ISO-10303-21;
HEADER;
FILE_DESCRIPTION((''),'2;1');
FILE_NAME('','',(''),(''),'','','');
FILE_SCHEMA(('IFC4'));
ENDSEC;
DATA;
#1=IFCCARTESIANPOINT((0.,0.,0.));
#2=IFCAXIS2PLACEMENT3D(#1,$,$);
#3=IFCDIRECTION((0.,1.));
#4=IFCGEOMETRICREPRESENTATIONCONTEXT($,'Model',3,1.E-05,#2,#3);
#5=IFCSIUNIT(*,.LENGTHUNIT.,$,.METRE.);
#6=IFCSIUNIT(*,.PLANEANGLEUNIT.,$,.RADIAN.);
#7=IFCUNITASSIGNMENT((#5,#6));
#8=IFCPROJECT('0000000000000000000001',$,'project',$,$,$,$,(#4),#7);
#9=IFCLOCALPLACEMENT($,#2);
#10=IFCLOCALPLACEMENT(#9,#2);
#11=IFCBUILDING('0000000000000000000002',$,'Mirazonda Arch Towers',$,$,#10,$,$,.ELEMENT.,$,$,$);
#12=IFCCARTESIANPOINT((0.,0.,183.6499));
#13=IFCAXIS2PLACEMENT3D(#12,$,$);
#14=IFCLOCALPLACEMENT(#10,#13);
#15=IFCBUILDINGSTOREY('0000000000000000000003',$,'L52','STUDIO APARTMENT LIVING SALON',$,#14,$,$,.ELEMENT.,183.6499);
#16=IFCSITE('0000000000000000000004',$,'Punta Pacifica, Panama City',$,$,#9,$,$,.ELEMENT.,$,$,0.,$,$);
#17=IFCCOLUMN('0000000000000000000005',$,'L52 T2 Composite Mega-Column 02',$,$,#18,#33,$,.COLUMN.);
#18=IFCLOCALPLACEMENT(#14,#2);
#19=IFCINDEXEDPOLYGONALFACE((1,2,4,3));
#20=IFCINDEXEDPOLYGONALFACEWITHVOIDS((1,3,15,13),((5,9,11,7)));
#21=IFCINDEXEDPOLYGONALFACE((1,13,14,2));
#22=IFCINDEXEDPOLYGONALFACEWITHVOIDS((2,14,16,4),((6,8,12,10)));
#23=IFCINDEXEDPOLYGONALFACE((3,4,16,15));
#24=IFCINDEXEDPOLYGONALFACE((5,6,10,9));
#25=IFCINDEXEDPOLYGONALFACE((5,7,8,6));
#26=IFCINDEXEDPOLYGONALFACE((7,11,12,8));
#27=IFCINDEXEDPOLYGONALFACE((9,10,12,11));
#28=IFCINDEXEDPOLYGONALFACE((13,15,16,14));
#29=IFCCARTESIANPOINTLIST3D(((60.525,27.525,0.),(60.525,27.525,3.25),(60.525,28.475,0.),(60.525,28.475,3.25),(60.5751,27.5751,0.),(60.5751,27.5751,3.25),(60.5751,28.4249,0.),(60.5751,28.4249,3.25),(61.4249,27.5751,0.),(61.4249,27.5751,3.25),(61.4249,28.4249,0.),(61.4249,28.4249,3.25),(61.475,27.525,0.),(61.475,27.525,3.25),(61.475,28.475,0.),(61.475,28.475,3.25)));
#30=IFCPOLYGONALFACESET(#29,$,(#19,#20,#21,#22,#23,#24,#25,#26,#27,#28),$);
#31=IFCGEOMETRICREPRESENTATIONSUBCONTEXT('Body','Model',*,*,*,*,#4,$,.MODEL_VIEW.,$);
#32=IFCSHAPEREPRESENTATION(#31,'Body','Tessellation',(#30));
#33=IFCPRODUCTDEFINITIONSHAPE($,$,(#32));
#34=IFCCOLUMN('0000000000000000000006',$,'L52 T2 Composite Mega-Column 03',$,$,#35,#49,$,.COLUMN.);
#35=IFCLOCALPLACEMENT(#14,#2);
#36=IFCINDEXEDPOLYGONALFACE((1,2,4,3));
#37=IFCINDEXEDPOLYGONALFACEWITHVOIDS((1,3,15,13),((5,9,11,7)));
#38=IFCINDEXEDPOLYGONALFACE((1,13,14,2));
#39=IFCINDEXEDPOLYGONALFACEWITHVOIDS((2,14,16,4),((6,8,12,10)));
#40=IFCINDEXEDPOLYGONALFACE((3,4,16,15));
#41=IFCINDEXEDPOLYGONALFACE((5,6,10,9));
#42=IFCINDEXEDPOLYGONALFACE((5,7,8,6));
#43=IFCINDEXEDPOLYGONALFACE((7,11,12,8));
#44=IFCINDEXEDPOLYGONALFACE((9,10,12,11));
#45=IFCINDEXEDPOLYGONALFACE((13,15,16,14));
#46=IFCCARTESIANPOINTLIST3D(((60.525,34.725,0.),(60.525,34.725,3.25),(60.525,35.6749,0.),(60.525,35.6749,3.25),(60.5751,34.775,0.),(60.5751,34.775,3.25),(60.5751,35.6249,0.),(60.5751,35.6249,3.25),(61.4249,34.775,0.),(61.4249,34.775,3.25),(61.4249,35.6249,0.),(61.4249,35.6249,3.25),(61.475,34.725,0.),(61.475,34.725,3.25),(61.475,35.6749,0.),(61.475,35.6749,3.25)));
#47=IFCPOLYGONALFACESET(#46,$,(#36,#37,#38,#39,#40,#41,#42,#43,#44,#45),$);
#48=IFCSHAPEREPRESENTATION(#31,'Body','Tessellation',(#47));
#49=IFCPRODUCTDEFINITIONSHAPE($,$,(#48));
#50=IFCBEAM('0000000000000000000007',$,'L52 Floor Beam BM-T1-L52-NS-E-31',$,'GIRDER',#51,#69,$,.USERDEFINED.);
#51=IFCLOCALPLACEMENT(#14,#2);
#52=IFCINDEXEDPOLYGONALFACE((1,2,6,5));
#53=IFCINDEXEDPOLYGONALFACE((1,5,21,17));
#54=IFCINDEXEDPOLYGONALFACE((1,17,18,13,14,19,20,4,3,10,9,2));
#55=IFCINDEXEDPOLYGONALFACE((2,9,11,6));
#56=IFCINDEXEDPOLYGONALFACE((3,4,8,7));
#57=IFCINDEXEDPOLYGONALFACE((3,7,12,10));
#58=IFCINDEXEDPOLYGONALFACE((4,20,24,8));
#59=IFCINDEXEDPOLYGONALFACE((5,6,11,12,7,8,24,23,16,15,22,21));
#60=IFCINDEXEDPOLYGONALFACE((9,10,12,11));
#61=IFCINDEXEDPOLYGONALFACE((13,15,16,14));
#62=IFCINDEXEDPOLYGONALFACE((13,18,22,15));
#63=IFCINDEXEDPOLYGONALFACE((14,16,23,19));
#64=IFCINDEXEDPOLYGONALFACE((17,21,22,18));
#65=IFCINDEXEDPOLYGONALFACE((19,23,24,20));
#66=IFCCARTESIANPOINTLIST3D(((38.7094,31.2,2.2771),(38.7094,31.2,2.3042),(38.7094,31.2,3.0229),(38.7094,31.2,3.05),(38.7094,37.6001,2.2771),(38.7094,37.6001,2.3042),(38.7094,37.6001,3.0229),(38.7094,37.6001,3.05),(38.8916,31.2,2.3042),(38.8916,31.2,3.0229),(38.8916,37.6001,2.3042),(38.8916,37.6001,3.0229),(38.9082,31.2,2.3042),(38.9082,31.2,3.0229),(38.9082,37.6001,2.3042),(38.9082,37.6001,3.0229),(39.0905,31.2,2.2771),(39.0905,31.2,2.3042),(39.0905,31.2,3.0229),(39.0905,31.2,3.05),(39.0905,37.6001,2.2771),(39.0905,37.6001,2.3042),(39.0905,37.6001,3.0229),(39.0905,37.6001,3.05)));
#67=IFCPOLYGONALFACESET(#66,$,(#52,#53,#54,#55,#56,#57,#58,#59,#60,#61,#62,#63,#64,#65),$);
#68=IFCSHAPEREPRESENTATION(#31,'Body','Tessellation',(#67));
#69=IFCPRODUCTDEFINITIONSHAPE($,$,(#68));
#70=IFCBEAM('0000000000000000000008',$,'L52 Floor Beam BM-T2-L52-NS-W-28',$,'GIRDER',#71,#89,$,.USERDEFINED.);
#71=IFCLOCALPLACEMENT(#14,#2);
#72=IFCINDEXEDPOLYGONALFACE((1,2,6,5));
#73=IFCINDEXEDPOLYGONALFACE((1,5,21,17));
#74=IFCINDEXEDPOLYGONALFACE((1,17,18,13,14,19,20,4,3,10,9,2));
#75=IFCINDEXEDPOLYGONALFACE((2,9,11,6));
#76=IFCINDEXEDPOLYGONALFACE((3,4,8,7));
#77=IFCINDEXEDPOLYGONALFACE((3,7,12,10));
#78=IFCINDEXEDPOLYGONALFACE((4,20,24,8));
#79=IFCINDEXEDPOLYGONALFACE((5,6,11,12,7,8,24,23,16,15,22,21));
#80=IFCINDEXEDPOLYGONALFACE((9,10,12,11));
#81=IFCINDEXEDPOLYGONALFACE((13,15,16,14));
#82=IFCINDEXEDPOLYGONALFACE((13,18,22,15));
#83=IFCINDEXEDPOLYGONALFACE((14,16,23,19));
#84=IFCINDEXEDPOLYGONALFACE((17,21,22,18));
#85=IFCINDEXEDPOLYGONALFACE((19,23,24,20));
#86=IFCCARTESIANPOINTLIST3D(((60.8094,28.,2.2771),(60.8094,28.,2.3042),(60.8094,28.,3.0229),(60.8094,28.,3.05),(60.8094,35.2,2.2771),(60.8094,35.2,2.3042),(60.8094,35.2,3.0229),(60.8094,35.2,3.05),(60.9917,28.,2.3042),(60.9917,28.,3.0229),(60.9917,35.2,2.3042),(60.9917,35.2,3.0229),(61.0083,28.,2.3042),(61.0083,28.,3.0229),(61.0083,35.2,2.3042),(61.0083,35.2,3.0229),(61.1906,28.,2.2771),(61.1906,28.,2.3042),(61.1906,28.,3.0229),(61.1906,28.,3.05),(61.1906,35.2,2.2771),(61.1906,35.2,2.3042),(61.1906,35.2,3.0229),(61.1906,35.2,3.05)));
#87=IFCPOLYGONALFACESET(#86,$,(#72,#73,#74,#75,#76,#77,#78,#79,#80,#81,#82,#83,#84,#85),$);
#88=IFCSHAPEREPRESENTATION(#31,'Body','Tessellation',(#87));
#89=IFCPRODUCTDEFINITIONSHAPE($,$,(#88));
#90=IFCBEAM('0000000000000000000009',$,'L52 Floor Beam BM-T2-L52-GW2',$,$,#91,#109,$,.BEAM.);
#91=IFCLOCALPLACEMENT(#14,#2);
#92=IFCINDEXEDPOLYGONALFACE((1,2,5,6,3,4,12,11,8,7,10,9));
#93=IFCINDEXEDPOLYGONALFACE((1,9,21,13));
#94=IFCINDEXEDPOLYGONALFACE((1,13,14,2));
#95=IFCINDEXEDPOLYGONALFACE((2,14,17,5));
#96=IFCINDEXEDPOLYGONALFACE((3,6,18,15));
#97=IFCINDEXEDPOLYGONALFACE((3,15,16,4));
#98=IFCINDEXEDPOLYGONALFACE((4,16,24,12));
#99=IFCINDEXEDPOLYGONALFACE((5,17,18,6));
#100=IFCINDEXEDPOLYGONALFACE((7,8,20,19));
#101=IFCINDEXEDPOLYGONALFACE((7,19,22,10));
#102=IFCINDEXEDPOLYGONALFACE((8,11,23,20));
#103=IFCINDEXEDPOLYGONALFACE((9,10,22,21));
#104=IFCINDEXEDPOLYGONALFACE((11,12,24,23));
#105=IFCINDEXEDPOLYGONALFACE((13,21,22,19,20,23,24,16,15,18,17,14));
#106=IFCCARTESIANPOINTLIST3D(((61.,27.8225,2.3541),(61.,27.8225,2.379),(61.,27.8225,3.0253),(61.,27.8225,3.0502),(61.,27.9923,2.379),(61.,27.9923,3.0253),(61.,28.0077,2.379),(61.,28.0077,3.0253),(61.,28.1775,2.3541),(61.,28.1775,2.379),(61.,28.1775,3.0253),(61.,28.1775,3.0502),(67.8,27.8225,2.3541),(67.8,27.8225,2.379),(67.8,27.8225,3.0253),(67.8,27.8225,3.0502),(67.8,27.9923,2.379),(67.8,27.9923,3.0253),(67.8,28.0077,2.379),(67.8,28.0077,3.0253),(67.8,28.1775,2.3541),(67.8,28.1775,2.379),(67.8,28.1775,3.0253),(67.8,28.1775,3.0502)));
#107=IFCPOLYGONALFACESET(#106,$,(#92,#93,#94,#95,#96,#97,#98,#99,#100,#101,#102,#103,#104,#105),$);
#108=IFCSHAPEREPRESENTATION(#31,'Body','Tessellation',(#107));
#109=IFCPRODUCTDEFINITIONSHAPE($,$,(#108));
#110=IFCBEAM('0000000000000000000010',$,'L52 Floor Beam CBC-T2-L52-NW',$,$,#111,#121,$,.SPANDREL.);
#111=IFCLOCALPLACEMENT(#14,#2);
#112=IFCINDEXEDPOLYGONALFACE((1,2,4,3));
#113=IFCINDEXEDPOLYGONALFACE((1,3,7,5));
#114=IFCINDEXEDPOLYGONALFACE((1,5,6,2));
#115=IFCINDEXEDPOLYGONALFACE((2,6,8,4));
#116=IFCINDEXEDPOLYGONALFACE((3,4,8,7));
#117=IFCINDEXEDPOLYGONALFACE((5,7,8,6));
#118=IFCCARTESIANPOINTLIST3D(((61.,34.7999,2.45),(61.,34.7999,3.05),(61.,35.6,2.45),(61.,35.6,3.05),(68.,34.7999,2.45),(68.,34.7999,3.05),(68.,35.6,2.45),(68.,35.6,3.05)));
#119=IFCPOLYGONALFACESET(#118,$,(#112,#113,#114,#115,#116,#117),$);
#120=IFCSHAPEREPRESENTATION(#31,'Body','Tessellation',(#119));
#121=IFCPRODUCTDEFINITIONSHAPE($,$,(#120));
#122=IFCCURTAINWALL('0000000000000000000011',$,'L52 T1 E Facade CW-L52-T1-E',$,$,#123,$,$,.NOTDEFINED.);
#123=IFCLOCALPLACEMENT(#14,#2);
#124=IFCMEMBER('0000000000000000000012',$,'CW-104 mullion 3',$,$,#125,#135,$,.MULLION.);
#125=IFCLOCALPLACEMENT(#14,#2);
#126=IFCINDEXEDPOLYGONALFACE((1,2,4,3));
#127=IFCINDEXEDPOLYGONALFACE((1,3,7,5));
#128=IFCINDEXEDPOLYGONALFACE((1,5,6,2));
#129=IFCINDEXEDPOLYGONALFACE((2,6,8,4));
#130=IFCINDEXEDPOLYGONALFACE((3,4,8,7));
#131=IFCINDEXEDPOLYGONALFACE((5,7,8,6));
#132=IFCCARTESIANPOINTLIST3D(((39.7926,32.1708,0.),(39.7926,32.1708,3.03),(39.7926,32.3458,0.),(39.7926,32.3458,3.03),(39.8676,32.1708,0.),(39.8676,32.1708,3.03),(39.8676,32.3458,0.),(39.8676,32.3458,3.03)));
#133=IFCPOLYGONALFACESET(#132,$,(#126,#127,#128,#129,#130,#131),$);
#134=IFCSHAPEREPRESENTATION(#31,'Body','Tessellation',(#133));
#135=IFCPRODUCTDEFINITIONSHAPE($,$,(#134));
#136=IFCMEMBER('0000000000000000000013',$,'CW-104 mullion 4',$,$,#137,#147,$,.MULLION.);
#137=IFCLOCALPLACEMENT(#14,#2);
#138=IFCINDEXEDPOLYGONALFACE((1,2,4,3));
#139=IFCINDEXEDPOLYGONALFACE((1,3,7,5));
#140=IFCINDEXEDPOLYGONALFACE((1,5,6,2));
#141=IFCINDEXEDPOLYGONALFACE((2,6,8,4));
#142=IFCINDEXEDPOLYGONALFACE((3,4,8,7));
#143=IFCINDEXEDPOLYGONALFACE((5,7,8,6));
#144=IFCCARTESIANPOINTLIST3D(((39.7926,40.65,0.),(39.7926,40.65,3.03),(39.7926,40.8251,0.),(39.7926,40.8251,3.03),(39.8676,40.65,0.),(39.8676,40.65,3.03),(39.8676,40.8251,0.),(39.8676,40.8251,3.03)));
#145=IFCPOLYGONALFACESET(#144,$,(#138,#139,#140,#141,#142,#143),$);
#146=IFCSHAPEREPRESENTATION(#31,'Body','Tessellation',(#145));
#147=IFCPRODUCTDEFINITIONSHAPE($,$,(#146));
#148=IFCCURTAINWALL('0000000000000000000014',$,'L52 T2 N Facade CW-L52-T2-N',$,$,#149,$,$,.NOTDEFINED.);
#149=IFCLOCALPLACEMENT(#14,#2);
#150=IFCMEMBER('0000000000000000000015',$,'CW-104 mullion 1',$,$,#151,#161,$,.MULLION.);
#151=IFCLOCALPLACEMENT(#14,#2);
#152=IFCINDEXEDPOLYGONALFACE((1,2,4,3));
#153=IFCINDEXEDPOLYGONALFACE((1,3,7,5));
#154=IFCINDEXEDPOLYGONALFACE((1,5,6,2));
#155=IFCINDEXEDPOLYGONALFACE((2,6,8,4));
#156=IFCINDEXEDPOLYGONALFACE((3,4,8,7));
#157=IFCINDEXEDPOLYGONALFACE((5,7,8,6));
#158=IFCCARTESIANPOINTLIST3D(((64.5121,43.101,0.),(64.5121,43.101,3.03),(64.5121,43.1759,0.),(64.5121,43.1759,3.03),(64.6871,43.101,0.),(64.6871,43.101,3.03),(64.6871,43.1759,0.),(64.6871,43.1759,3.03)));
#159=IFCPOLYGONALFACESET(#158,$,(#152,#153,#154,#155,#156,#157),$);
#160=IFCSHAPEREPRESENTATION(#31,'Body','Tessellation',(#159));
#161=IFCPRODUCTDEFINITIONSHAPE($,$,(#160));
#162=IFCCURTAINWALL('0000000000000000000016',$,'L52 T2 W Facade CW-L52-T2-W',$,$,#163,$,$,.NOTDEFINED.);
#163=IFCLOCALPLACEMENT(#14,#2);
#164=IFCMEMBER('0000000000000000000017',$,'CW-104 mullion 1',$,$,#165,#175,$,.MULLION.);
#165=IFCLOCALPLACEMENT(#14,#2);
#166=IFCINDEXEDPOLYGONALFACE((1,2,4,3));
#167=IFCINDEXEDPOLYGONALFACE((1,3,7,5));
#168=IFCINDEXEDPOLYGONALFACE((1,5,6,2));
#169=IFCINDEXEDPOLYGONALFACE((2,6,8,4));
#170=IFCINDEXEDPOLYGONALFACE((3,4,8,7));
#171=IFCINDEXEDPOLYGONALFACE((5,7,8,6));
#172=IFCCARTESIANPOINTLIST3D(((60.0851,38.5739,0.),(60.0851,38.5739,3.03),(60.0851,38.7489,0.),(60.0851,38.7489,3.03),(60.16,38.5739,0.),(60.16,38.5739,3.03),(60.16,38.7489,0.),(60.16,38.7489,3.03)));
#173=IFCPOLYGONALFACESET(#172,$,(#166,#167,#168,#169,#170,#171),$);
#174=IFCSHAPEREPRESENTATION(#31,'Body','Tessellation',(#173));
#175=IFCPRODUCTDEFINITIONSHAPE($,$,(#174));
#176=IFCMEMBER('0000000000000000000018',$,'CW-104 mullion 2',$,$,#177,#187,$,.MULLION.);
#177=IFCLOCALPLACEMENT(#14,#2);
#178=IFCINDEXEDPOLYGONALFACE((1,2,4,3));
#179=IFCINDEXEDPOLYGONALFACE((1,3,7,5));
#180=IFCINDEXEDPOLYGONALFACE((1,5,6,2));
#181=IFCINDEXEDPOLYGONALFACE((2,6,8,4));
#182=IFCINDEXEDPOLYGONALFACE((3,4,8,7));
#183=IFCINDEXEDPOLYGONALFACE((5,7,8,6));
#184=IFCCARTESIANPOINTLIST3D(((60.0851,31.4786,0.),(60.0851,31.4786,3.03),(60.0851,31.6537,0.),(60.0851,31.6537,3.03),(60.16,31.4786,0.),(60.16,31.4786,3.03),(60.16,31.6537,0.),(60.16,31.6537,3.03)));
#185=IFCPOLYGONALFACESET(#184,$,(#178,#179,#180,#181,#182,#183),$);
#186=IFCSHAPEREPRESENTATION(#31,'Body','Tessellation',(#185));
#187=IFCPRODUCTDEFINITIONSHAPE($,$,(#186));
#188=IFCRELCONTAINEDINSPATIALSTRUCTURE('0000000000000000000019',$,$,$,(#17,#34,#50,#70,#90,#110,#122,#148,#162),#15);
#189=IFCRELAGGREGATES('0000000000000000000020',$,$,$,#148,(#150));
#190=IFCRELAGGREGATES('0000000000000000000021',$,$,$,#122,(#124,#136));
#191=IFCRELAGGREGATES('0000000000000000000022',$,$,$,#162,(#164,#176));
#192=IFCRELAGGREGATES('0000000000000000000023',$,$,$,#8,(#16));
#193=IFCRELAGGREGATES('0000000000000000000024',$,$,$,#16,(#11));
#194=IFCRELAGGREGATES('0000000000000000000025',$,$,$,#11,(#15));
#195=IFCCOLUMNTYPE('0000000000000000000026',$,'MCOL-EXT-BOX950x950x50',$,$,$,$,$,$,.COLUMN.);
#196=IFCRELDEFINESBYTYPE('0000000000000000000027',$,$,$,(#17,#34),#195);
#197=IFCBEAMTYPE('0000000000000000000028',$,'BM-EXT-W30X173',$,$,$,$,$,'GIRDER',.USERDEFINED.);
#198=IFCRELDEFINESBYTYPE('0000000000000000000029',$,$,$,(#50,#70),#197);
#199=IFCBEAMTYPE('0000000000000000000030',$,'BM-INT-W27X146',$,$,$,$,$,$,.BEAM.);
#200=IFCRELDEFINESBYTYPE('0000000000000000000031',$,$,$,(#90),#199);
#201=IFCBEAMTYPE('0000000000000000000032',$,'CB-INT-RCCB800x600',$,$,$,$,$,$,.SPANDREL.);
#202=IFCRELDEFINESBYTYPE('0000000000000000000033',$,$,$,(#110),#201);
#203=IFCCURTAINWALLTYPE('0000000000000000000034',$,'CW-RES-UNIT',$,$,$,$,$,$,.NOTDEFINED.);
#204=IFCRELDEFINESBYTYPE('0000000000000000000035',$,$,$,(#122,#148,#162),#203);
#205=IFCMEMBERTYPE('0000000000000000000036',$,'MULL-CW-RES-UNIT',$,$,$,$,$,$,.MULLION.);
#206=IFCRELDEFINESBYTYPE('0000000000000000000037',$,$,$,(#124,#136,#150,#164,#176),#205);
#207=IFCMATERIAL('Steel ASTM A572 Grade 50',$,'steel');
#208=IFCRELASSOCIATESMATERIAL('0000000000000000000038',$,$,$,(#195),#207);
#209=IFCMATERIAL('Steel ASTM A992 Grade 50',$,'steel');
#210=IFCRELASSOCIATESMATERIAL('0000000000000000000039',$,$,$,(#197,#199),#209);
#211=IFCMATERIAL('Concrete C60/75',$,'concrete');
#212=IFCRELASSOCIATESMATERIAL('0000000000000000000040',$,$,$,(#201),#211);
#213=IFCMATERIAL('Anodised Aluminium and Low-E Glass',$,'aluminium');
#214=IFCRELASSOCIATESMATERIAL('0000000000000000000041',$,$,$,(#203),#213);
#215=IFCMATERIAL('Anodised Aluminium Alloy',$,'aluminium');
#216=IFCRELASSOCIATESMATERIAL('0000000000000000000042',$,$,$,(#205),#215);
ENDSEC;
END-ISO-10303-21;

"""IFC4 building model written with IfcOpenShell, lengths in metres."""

from ifc_helpers import new_model, si_unit, direction, frame, origin, origin_2d, place, context, subcontext, project, spatial, rectangle, hollow_rectangle, i_section, extrude, material, material_profile, profile_set, type_object, element, aggregate, save


model = new_model("IFC4")

# Units and contexts
model_context = context("Model", 3, precision=1e-05, world=origin(), true_north=direction((0.0, 1.0)))
body_context = subcontext(model_context, "Body", "Model", "MODEL_VIEW")
ifc_project = project(units=[si_unit("LENGTHUNIT", "METRE"), si_unit("PLANEANGLEUNIT", "RADIAN")], contexts=[model_context])

# Site, building, storey
site_placement = place(None, origin())
site = spatial("IfcSite", under=ifc_project, at=site_placement, Name="Punta Pacifica, Panama City", CompositionType="ELEMENT", RefElevation=0.0)
building_placement = place(site_placement, origin())
building = spatial("IfcBuilding", under=site, at=building_placement, Name="Mirazonda Arch Towers", CompositionType="ELEMENT")
storey_placement = place(building_placement, frame((0.0, 0.0, 183.6499)))
storey = spatial("IfcBuildingStorey", under=building, at=storey_placement, Name="L52", Description="STUDIO APARTMENT LIVING SALON", CompositionType="ELEMENT", Elevation=183.6499)

# Columns
ifc_material_1 = material(Name="Steel ASTM A572 Grade 50", Category="steel")
ifc_material_profile_1 = material_profile(ifc_material_1, hollow_rectangle(XDim=0.95, YDim=0.95, WallThickness=0.05, at=origin_2d()), Name="BOX950x950x50")
ifc_profile_set_1 = profile_set([ifc_material_profile_1], Name="Steel ASTM A572 Grade 50")
column_type = type_object("IfcColumnType", Name="MCOL-EXT-BOX950x950x50", PredefinedType="COLUMN", material=ifc_profile_set_1)
for number, where, z_axis, x_axis, name in (
    (1, (61.0, 28.0, 0.0), (0.0, 0.0, 1.0), (1.0, 0.0, 0.0), "L52 T2 Composite Mega-Column 02"),
    (2, (61.0, 35.2, 0.0), (0.0, 0.0, 1.0), (1.0, 0.0, 0.0), "L52 T2 Composite Mega-Column 03"),
):
    element("IfcColumn", number, at=place(storey_placement, frame(where, z_axis=z_axis, x_axis=x_axis)), inside=storey, type_object=column_type, Name=name, PredefinedType="COLUMN", context=body_context, shape_type="SweptSolid", body=[
        extrude(hollow_rectangle(XDim=0.95, YDim=0.95, WallThickness=0.05, at=origin_2d()), origin(), (0.0, 0.0, 1.0), 3.25),
    ])

# Beams
ifc_material_2 = material(Name="Steel ASTM A992 Grade 50", Category="steel")
ifc_material_profile_2 = material_profile(ifc_material_2, i_section(OverallWidth=0.3811, OverallDepth=0.7729, WebThickness=0.0166, FlangeThickness=0.0271, at=origin_2d()), Name="W30X173")
ifc_profile_set_2 = profile_set([ifc_material_profile_2], Name="Steel ASTM A992 Grade 50")
beam_type_1 = type_object("IfcBeamType", Name="BM-EXT-W30X173", ElementType="GIRDER", PredefinedType="USERDEFINED", material=ifc_profile_set_2)
beam_1_placement = place(storey_placement, frame((38.8999, 31.2, 2.6636), z_axis=(0.0, 1.0, 0.0), x_axis=(-1.0, 0.0, 0.0)))
element("IfcBeam", 3, at=beam_1_placement, inside=storey, type_object=beam_type_1, Name="L52 Floor Beam BM-T1-L52-NS-E-31", ObjectType="GIRDER", PredefinedType="USERDEFINED", context=body_context, shape_type="SweptSolid", body=[
    extrude(i_section(OverallWidth=0.3811, OverallDepth=0.7729, WebThickness=0.0166, FlangeThickness=0.0271, at=origin_2d()), origin(), (0.0, 0.0, 1.0), 6.4001),
])
beam_2_placement = place(storey_placement, frame((61.0, 28.0, 2.6636), z_axis=(0.0, 1.0, 0.0), x_axis=(-1.0, 0.0, 0.0)))
element("IfcBeam", 4, at=beam_2_placement, inside=storey, type_object=beam_type_1, Name="L52 Floor Beam BM-T2-L52-NS-W-28", ObjectType="GIRDER", PredefinedType="USERDEFINED", context=body_context, shape_type="SweptSolid", body=[
    extrude(i_section(OverallWidth=0.3811, OverallDepth=0.7729, WebThickness=0.0166, FlangeThickness=0.0271, at=origin_2d()), origin(), (0.0, 0.0, 1.0), 7.2),
])
ifc_material_profile_3 = material_profile(ifc_material_2, i_section(OverallWidth=0.355, OverallDepth=0.696, WebThickness=0.0154, FlangeThickness=0.0249, at=origin_2d()), Name="W27X146")
ifc_profile_set_3 = profile_set([ifc_material_profile_3], Name="Steel ASTM A992 Grade 50")
beam_type_2 = type_object("IfcBeamType", Name="BM-INT-W27X146", PredefinedType="BEAM", material=ifc_profile_set_3)
beam_3_placement = place(storey_placement, frame((61.0, 28.0, 2.7021), z_axis=(1.0, 0.0, 0.0), x_axis=(0.0, 1.0, 0.0)))
element("IfcBeam", 5, at=beam_3_placement, inside=storey, type_object=beam_type_2, Name="L52 Floor Beam BM-T2-L52-GW2", PredefinedType="BEAM", context=body_context, shape_type="SweptSolid", body=[
    extrude(i_section(OverallWidth=0.355, OverallDepth=0.696, WebThickness=0.0154, FlangeThickness=0.0249, at=origin_2d()), origin(), (0.0, 0.0, 1.0), 6.8),
])
ifc_material_3 = material(Name="Concrete C60/75", Category="concrete")
ifc_material_profile_4 = material_profile(ifc_material_3, rectangle(XDim=0.8, YDim=0.6001, at=origin_2d()), Name="RCCB800x600")
ifc_profile_set_4 = profile_set([ifc_material_profile_4], Name="Concrete C60/75")
beam_type_3 = type_object("IfcBeamType", Name="CB-INT-RCCB800x600", PredefinedType="SPANDREL", material=ifc_profile_set_4)
beam_4_placement = place(storey_placement, frame((61.0, 35.2, 2.75), z_axis=(1.0, 0.0, 0.0), x_axis=(0.0, 1.0, 0.0)))
element("IfcBeam", 6, at=beam_4_placement, inside=storey, type_object=beam_type_3, Name="L52 Floor Beam CBC-T2-L52-NW", PredefinedType="SPANDREL", context=body_context, shape_type="SweptSolid", body=[
    extrude(rectangle(XDim=0.8, YDim=0.6001, at=origin_2d()), origin(), (0.0, 0.0, 1.0), 7.0),
])

# Curtain wall, members
ifc_material_4 = material(Name="Anodised Aluminium and Low-E Glass", Category="aluminium")
curtain_wall_type = type_object("IfcCurtainWallType", Name="CW-RES-UNIT", PredefinedType="NOTDEFINED", material=ifc_material_4)
curtain_wall_1_placement = place(storey_placement, origin())
curtain_wall_1 = element("IfcCurtainWall", 7, at=curtain_wall_1_placement, inside=storey, type_object=curtain_wall_type, Name="L52 T1 E Facade CW-L52-T1-E", PredefinedType="NOTDEFINED")
ifc_material_5 = material(Name="Anodised Aluminium Alloy", Category="aluminium")
ifc_material_profile_5 = material_profile(ifc_material_5, rectangle(XDim=0.075, YDim=0.175, at=origin_2d()), Name="ALU-MULL-75x175")
ifc_profile_set_5 = profile_set([ifc_material_profile_5], Name="Anodised Aluminium Alloy")
member_type_1 = type_object("IfcMemberType", Name="MULL-CW-RES-UNIT", PredefinedType="MULLION", material=ifc_profile_set_5)
member_1_placement = place(storey_placement, frame((39.8301, 32.2583, 0.0), z_axis=(0.0, 0.0, 1.0), x_axis=(-1.0, 0.0, 0.0)))
member_1 = element("IfcMember", 8, at=member_1_placement, type_object=member_type_1, Name="CW-104 mullion 3", PredefinedType="MULLION", context=body_context, shape_type="SweptSolid", body=[
    extrude(rectangle(XDim=0.075, YDim=0.175, at=origin_2d()), origin(), (0.0, 0.0, 1.0), 3.03),
])
member_2_placement = place(storey_placement, frame((39.8301, 40.7375, 0.0), z_axis=(0.0, 0.0, 1.0), x_axis=(-1.0, 0.0, 0.0)))
member_2 = element("IfcMember", 9, at=member_2_placement, type_object=member_type_1, Name="CW-104 mullion 4", PredefinedType="MULLION", context=body_context, shape_type="SweptSolid", body=[
    extrude(rectangle(XDim=0.075, YDim=0.175, at=origin_2d()), origin(), (0.0, 0.0, 1.0), 3.03),
])

# Curtain wall, member
curtain_wall_2_placement = place(storey_placement, origin())
curtain_wall_2 = element("IfcCurtainWall", 10, at=curtain_wall_2_placement, inside=storey, type_object=curtain_wall_type, Name="L52 T2 N Facade CW-L52-T2-N", PredefinedType="NOTDEFINED")
member_3_placement = place(storey_placement, frame((64.5996, 43.1384, 0.0), z_axis=(0.0, 0.0, 1.0), x_axis=(0.0, 1.0, 0.0)))
member_3 = element("IfcMember", 11, at=member_3_placement, type_object=member_type_1, Name="CW-104 mullion 1", PredefinedType="MULLION", context=body_context, shape_type="SweptSolid", body=[
    extrude(rectangle(XDim=0.075, YDim=0.175, at=origin_2d()), origin(), (0.0, 0.0, 1.0), 3.03),
])

# Curtain wall, members
curtain_wall_3_placement = place(storey_placement, origin())
curtain_wall_3 = element("IfcCurtainWall", 12, at=curtain_wall_3_placement, inside=storey, type_object=curtain_wall_type, Name="L52 T2 W Facade CW-L52-T2-W", PredefinedType="NOTDEFINED")
member_4_placement = place(storey_placement, frame((60.1226, 38.6614, 0.0), z_axis=(0.0, 0.0, 1.0), x_axis=(1.0, 0.0, 0.0)))
member_4 = element("IfcMember", 13, at=member_4_placement, type_object=member_type_1, Name="CW-104 mullion 1", PredefinedType="MULLION", context=body_context, shape_type="SweptSolid", body=[
    extrude(rectangle(XDim=0.075, YDim=0.175, at=origin_2d()), origin(), (0.0, 0.0, 1.0), 3.03),
])
member_5_placement = place(storey_placement, frame((60.1226, 31.5662, 0.0), z_axis=(0.0, 0.0, 1.0), x_axis=(1.0, 0.0, 0.0)))
member_5 = element("IfcMember", 14, at=member_5_placement, type_object=member_type_1, Name="CW-104 mullion 2", PredefinedType="MULLION", context=body_context, shape_type="SweptSolid", body=[
    extrude(rectangle(XDim=0.075, YDim=0.175, at=origin_2d()), origin(), (0.0, 0.0, 1.0), 3.03),
])

aggregate(curtain_wall_2, [member_3])

aggregate(curtain_wall_1, [member_1, member_2])
aggregate(curtain_wall_3, [member_4, member_5])

save(model, "model.ifc")
